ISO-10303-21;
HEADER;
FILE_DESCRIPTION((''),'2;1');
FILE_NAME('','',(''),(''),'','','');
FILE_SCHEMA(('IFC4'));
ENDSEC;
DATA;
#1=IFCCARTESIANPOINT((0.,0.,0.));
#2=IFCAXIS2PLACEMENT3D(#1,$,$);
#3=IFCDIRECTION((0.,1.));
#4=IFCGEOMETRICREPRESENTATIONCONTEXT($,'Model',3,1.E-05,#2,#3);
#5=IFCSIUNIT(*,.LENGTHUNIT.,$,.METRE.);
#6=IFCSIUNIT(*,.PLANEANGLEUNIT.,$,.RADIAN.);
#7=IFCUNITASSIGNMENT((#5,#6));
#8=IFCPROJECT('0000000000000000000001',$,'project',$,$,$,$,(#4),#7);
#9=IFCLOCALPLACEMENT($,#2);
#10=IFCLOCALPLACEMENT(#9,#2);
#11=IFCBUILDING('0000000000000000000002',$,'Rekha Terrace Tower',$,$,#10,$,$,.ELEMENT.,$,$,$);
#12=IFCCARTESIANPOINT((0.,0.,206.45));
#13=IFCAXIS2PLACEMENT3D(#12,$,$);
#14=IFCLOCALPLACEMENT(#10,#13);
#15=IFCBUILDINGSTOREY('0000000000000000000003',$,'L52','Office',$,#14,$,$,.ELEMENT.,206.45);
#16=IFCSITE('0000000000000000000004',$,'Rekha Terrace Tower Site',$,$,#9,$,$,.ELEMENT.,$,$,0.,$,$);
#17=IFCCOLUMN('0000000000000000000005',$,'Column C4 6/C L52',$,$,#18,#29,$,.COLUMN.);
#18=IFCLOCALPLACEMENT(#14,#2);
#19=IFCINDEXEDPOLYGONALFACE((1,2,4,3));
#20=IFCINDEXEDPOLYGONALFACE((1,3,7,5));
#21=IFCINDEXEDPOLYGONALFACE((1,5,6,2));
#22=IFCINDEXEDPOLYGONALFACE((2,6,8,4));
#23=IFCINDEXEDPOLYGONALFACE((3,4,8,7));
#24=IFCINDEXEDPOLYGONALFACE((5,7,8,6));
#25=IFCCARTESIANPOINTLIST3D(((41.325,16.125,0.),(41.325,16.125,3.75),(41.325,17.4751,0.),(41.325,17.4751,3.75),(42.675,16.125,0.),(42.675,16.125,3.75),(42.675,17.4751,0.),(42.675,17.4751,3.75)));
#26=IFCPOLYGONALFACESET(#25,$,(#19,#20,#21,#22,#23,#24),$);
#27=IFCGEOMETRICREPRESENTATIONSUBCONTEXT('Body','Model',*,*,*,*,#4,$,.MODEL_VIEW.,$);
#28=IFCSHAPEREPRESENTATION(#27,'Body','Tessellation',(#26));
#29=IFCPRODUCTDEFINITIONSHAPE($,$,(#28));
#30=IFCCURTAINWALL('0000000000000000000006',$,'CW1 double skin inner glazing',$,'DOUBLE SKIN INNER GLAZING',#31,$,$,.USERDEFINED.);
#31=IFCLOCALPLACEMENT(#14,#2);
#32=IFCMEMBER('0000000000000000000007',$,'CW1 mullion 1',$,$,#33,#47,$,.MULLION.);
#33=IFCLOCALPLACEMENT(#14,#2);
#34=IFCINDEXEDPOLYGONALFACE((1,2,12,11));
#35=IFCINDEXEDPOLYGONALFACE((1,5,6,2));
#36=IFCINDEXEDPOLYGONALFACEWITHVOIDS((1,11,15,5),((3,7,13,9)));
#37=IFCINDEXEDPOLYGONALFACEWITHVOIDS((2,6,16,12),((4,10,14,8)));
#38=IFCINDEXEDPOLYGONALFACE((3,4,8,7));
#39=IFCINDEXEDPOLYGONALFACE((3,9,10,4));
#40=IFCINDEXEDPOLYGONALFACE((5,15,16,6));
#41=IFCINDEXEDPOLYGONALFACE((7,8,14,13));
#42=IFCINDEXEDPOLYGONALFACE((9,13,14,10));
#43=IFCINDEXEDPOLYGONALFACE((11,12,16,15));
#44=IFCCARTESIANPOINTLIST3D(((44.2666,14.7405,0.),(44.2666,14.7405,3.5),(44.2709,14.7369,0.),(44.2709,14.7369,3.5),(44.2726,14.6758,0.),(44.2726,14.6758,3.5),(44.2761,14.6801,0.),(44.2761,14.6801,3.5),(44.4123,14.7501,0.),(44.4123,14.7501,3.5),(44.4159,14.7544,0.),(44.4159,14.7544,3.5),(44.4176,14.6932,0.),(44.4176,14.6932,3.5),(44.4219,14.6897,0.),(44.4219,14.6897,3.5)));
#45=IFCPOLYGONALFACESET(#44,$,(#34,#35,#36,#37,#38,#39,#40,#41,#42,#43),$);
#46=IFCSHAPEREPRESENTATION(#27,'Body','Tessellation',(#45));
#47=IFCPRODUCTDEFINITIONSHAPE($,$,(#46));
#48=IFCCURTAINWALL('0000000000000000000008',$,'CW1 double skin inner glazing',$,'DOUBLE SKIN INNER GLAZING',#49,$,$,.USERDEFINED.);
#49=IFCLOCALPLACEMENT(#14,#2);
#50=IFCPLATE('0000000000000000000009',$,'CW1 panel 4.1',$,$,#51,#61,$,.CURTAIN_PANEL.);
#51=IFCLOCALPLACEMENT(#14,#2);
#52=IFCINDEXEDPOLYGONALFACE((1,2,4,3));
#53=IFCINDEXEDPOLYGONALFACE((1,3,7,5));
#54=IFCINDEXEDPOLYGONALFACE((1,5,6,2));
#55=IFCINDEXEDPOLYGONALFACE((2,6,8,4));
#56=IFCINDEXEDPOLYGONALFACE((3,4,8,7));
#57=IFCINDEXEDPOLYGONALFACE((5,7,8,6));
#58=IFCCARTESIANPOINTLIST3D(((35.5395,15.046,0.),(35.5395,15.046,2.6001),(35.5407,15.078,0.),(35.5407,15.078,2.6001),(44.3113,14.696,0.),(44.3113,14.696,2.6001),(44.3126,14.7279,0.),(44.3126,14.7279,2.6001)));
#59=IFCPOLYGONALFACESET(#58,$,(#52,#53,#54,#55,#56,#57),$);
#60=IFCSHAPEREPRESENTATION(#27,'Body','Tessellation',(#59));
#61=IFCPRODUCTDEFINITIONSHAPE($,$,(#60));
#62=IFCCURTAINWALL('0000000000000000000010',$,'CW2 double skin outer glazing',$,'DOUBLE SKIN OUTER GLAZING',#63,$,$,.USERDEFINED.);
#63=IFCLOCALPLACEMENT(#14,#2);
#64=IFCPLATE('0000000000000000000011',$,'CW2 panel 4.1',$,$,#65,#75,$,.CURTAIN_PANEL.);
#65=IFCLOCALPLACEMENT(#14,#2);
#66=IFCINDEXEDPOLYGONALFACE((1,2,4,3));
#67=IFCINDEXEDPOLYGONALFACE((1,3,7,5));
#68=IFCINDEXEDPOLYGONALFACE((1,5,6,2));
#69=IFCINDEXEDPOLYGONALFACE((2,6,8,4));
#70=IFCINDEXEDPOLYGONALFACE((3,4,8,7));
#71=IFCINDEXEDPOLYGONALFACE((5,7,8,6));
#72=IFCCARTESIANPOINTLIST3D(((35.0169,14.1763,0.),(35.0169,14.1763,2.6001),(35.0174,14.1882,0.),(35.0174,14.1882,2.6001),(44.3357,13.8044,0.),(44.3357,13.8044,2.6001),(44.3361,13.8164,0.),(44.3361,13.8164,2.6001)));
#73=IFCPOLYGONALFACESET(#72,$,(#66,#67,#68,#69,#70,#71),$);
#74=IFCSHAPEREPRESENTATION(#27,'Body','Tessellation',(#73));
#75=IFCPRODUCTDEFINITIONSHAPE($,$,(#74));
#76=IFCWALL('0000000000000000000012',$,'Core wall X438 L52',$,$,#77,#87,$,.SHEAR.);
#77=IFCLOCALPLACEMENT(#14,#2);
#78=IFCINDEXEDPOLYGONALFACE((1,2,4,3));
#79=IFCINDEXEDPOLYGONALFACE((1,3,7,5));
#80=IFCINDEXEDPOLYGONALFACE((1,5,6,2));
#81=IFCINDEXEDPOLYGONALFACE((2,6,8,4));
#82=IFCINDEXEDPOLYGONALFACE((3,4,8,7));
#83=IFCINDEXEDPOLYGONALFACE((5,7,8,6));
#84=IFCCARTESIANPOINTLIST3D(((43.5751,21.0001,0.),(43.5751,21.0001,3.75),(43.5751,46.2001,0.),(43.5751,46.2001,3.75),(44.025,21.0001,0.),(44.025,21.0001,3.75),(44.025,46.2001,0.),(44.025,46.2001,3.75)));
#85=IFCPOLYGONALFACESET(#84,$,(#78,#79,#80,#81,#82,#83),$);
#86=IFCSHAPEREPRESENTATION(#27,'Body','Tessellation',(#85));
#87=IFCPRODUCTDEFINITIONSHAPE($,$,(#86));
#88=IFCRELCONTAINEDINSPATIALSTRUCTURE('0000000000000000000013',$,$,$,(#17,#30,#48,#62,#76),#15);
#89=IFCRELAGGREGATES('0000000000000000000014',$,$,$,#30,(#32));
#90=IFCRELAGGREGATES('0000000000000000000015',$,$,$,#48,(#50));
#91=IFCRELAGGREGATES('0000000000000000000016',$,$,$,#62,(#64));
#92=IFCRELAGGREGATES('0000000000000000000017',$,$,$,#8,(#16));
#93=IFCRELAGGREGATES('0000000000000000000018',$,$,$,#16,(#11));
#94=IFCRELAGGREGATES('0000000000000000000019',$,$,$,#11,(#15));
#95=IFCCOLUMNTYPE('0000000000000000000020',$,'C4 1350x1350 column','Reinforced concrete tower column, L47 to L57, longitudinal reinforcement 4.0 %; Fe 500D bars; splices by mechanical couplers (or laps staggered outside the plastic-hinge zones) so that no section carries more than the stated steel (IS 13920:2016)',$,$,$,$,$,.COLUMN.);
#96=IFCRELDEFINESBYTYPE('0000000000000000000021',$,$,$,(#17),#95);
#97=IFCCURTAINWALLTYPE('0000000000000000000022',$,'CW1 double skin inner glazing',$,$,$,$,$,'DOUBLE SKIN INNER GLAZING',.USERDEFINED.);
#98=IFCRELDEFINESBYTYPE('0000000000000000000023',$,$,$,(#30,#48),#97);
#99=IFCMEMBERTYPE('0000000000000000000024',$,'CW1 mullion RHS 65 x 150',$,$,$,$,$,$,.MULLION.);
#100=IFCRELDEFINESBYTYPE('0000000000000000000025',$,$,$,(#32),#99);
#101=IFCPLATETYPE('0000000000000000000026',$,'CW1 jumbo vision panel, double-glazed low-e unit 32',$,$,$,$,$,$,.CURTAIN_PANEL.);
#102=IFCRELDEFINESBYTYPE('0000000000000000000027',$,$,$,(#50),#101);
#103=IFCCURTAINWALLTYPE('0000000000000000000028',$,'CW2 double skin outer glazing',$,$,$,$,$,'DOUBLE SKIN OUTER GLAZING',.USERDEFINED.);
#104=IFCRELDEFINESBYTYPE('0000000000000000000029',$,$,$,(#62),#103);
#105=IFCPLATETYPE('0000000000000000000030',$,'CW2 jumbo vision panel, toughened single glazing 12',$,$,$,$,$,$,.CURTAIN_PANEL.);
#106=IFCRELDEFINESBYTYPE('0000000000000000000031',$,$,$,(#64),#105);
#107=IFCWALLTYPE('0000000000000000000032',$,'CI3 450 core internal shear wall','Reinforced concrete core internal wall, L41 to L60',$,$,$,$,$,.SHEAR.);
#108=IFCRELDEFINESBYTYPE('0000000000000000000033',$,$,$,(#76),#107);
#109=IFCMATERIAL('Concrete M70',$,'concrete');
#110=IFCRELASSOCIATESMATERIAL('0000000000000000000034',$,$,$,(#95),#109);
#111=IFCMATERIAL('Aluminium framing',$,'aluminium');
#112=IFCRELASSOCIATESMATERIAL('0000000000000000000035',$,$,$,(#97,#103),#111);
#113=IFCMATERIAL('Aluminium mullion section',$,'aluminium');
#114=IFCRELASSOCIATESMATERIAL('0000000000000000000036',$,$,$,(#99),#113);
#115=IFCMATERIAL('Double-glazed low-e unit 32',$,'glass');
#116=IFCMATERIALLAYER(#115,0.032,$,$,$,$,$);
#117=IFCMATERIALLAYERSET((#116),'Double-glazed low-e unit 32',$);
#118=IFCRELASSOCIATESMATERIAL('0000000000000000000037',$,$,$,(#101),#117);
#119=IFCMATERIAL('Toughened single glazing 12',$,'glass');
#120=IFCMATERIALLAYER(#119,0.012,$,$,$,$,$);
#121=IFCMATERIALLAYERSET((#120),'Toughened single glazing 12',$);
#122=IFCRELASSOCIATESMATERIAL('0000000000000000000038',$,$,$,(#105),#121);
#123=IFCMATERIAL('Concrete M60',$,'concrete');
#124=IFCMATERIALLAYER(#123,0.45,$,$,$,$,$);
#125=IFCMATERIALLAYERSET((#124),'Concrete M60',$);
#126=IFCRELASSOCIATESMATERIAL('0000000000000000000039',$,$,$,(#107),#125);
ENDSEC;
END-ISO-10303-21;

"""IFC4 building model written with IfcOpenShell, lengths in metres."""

from ifc_helpers import new_model, si_unit, direction, frame, frame_2d, origin, origin_2d, place, context, subcontext, project, spatial, rectangle, hollow_rectangle, extrude, material, layer, layer_set, material_profile, profile_set, type_object, element, aggregate, save


model = new_model("IFC4")

# Units and contexts
model_context = context("Model", 3, precision=1e-05, world=origin(), true_north=direction((0.0, 1.0)))
body_context = subcontext(model_context, "Body", "Model", "MODEL_VIEW")
ifc_project = project(units=[si_unit("LENGTHUNIT", "METRE"), si_unit("PLANEANGLEUNIT", "RADIAN")], contexts=[model_context])

# Site, building, storey
site_placement = place(None, origin())
site = spatial("IfcSite", under=ifc_project, at=site_placement, Name="Rekha Terrace Tower Site", CompositionType="ELEMENT", RefElevation=0.0)
building_placement = place(site_placement, origin())
building = spatial("IfcBuilding", under=site, at=building_placement, Name="Rekha Terrace Tower", CompositionType="ELEMENT")
storey_placement = place(building_placement, frame((0.0, 0.0, 206.45)))
storey = spatial("IfcBuildingStorey", under=building, at=storey_placement, Name="L52", Description="Office", CompositionType="ELEMENT", Elevation=206.45)

# Column
ifc_material_1 = material(Name="Concrete M70", Category="concrete")
ifc_material_profile_1 = material_profile(ifc_material_1, rectangle(XDim=1.3501, YDim=1.3501, at=origin_2d()), Name="RC 1350x1350")
ifc_profile_set_1 = profile_set([ifc_material_profile_1], Name="Concrete M70")
column_type = type_object("IfcColumnType", Name="C4 1350x1350 column", Description="Reinforced concrete tower column, L47 to L57, longitudinal reinforcement 4.0 %; Fe 500D bars; splices by mechanical couplers (or laps staggered outside the plastic-hinge zones) so that no section carries more than the stated steel (IS 13920:2016)", PredefinedType="COLUMN", material=ifc_profile_set_1)
column_placement = place(storey_placement, frame((42.0, 16.8, 0.0), z_axis=(0.0, 0.0, 1.0), x_axis=(1.0, 0.0, 0.0)))
element("IfcColumn", 1, at=column_placement, inside=storey, type_object=column_type, Name="Column C4 6/C L52", PredefinedType="COLUMN", context=body_context, shape_type="SweptSolid", body=[
    extrude(rectangle(XDim=1.3501, YDim=1.3501, at=origin_2d()), origin(), (0.0, 0.0, 1.0), 3.75),
])

# Curtain wall, member
ifc_material_2 = material(Name="Aluminium framing", Category="aluminium")
curtain_wall_type_1 = type_object("IfcCurtainWallType", Name="CW1 double skin inner glazing", ElementType="DOUBLE SKIN INNER GLAZING", PredefinedType="USERDEFINED", material=ifc_material_2)
curtain_wall_1_placement = place(storey_placement, origin())
curtain_wall_1 = element("IfcCurtainWall", 2, at=curtain_wall_1_placement, inside=storey, type_object=curtain_wall_type_1, Name="CW1 double skin inner glazing", ObjectType="DOUBLE SKIN INNER GLAZING", PredefinedType="USERDEFINED")
ifc_material_3 = material(Name="Aluminium mullion section", Category="aluminium")
ifc_material_profile_2 = material_profile(ifc_material_3, hollow_rectangle(XDim=0.0649, YDim=0.1499, WallThickness=0.0039, at=origin_2d()), Name="AL RHS 65x150")
ifc_profile_set_2 = profile_set([ifc_material_profile_2], Name="Aluminium mullion section")
member_type = type_object("IfcMemberType", Name="CW1 mullion RHS 65 x 150", PredefinedType="MULLION", material=ifc_profile_set_2)
member_placement = place(storey_placement, frame((44.3442, 14.7151, 0.0), z_axis=(0.0, 0.0, 1.0), x_axis=(-0.092709, 0.995693, 0.0)))
member = element("IfcMember", 3, at=member_placement, type_object=member_type, Name="CW1 mullion 1", PredefinedType="MULLION", context=body_context, shape_type="SweptSolid", body=[
    extrude(hollow_rectangle(XDim=0.0649, YDim=0.1499, WallThickness=0.0039, at=origin_2d()), origin(), (0.0, 0.0, 1.0), 3.5),
])
aggregate(curtain_wall_1, [member])

# Curtain walls, plates
curtain_wall_2_placement = place(storey_placement, origin())
curtain_wall_2 = element("IfcCurtainWall", 4, at=curtain_wall_2_placement, inside=storey, type_object=curtain_wall_type_1, Name="CW1 double skin inner glazing", ObjectType="DOUBLE SKIN INNER GLAZING", PredefinedType="USERDEFINED")
ifc_material_4 = material(Name="Double-glazed low-e unit 32", Category="glass")
ifc_layer_1 = layer(ifc_material_4, 0.032)
ifc_layer_set_1 = layer_set([ifc_layer_1], Name="Double-glazed low-e unit 32")
plate_type_1 = type_object("IfcPlateType", Name="CW1 jumbo vision panel, double-glazed low-e unit 32", PredefinedType="CURTAIN_PANEL", material=ifc_layer_set_1)
plate_1_placement = place(storey_placement, frame((39.926, 14.887, 0.0), z_axis=(0.0, 0.0, 1.0), x_axis=(0.999205, -0.039872, 0.0)))
plate_1 = element("IfcPlate", 5, at=plate_1_placement, type_object=plate_type_1, Name="CW1 panel 4.1", PredefinedType="CURTAIN_PANEL", context=body_context, shape_type="SweptSolid", body=[
    extrude(rectangle(XDim=8.7788, YDim=0.032, at=origin_2d()), origin(), (0.0, 0.0, 1.0), 2.6001),
])
aggregate(curtain_wall_2, [plate_1])
curtain_wall_type_2 = type_object("IfcCurtainWallType", Name="CW2 double skin outer glazing", ElementType="DOUBLE SKIN OUTER GLAZING", PredefinedType="USERDEFINED", material=ifc_material_2)
curtain_wall_3_placement = place(storey_placement, origin())
curtain_wall_3 = element("IfcCurtainWall", 6, at=curtain_wall_3_placement, inside=storey, type_object=curtain_wall_type_2, Name="CW2 double skin outer glazing", ObjectType="DOUBLE SKIN OUTER GLAZING", PredefinedType="USERDEFINED")
ifc_material_5 = material(Name="Toughened single glazing 12", Category="glass")
ifc_layer_2 = layer(ifc_material_5, 0.012)
ifc_layer_set_2 = layer_set([ifc_layer_2], Name="Toughened single glazing 12")
plate_type_2 = type_object("IfcPlateType", Name="CW2 jumbo vision panel, toughened single glazing 12", PredefinedType="CURTAIN_PANEL", material=ifc_layer_set_2)
plate_2_placement = place(storey_placement, frame((39.6765, 13.9963, 0.0), z_axis=(0.0, 0.0, 1.0), x_axis=(0.999205, -0.039872, 0.0)))
plate_2 = element("IfcPlate", 7, at=plate_2_placement, type_object=plate_type_2, Name="CW2 panel 4.1", PredefinedType="CURTAIN_PANEL", context=body_context, shape_type="SweptSolid", body=[
    extrude(rectangle(XDim=9.3262, YDim=0.012, at=origin_2d()), origin(), (0.0, 0.0, 1.0), 2.6001),
])
aggregate(curtain_wall_3, [plate_2])

# Wall
ifc_material_6 = material(Name="Concrete M60", Category="concrete")
ifc_layer_3 = layer(ifc_material_6, 0.45)
ifc_layer_set_3 = layer_set([ifc_layer_3], Name="Concrete M60")
wall_type_1 = type_object("IfcWallType", Name="CI3 450 core internal shear wall", Description="Reinforced concrete core internal wall, L41 to L60", PredefinedType="SHEAR", material=ifc_layer_set_3)
wall_1_placement = place(storey_placement, frame((43.8, 21.0, 0.0), z_axis=(0.0, 0.0, 1.0), x_axis=(0.0, 1.0, 0.0)))
element("IfcWall", 8, at=wall_1_placement, inside=storey, type_object=wall_type_1, Name="Core wall X438 L52", PredefinedType="SHEAR", context=body_context, shape_type="SweptSolid", body=[
    extrude(rectangle(XDim=25.2, YDim=0.45, at=frame_2d((12.6001, 0.0))), origin(), (0.0, 0.0, 1.0), 3.75),
])

save(model, "model.ifc")
